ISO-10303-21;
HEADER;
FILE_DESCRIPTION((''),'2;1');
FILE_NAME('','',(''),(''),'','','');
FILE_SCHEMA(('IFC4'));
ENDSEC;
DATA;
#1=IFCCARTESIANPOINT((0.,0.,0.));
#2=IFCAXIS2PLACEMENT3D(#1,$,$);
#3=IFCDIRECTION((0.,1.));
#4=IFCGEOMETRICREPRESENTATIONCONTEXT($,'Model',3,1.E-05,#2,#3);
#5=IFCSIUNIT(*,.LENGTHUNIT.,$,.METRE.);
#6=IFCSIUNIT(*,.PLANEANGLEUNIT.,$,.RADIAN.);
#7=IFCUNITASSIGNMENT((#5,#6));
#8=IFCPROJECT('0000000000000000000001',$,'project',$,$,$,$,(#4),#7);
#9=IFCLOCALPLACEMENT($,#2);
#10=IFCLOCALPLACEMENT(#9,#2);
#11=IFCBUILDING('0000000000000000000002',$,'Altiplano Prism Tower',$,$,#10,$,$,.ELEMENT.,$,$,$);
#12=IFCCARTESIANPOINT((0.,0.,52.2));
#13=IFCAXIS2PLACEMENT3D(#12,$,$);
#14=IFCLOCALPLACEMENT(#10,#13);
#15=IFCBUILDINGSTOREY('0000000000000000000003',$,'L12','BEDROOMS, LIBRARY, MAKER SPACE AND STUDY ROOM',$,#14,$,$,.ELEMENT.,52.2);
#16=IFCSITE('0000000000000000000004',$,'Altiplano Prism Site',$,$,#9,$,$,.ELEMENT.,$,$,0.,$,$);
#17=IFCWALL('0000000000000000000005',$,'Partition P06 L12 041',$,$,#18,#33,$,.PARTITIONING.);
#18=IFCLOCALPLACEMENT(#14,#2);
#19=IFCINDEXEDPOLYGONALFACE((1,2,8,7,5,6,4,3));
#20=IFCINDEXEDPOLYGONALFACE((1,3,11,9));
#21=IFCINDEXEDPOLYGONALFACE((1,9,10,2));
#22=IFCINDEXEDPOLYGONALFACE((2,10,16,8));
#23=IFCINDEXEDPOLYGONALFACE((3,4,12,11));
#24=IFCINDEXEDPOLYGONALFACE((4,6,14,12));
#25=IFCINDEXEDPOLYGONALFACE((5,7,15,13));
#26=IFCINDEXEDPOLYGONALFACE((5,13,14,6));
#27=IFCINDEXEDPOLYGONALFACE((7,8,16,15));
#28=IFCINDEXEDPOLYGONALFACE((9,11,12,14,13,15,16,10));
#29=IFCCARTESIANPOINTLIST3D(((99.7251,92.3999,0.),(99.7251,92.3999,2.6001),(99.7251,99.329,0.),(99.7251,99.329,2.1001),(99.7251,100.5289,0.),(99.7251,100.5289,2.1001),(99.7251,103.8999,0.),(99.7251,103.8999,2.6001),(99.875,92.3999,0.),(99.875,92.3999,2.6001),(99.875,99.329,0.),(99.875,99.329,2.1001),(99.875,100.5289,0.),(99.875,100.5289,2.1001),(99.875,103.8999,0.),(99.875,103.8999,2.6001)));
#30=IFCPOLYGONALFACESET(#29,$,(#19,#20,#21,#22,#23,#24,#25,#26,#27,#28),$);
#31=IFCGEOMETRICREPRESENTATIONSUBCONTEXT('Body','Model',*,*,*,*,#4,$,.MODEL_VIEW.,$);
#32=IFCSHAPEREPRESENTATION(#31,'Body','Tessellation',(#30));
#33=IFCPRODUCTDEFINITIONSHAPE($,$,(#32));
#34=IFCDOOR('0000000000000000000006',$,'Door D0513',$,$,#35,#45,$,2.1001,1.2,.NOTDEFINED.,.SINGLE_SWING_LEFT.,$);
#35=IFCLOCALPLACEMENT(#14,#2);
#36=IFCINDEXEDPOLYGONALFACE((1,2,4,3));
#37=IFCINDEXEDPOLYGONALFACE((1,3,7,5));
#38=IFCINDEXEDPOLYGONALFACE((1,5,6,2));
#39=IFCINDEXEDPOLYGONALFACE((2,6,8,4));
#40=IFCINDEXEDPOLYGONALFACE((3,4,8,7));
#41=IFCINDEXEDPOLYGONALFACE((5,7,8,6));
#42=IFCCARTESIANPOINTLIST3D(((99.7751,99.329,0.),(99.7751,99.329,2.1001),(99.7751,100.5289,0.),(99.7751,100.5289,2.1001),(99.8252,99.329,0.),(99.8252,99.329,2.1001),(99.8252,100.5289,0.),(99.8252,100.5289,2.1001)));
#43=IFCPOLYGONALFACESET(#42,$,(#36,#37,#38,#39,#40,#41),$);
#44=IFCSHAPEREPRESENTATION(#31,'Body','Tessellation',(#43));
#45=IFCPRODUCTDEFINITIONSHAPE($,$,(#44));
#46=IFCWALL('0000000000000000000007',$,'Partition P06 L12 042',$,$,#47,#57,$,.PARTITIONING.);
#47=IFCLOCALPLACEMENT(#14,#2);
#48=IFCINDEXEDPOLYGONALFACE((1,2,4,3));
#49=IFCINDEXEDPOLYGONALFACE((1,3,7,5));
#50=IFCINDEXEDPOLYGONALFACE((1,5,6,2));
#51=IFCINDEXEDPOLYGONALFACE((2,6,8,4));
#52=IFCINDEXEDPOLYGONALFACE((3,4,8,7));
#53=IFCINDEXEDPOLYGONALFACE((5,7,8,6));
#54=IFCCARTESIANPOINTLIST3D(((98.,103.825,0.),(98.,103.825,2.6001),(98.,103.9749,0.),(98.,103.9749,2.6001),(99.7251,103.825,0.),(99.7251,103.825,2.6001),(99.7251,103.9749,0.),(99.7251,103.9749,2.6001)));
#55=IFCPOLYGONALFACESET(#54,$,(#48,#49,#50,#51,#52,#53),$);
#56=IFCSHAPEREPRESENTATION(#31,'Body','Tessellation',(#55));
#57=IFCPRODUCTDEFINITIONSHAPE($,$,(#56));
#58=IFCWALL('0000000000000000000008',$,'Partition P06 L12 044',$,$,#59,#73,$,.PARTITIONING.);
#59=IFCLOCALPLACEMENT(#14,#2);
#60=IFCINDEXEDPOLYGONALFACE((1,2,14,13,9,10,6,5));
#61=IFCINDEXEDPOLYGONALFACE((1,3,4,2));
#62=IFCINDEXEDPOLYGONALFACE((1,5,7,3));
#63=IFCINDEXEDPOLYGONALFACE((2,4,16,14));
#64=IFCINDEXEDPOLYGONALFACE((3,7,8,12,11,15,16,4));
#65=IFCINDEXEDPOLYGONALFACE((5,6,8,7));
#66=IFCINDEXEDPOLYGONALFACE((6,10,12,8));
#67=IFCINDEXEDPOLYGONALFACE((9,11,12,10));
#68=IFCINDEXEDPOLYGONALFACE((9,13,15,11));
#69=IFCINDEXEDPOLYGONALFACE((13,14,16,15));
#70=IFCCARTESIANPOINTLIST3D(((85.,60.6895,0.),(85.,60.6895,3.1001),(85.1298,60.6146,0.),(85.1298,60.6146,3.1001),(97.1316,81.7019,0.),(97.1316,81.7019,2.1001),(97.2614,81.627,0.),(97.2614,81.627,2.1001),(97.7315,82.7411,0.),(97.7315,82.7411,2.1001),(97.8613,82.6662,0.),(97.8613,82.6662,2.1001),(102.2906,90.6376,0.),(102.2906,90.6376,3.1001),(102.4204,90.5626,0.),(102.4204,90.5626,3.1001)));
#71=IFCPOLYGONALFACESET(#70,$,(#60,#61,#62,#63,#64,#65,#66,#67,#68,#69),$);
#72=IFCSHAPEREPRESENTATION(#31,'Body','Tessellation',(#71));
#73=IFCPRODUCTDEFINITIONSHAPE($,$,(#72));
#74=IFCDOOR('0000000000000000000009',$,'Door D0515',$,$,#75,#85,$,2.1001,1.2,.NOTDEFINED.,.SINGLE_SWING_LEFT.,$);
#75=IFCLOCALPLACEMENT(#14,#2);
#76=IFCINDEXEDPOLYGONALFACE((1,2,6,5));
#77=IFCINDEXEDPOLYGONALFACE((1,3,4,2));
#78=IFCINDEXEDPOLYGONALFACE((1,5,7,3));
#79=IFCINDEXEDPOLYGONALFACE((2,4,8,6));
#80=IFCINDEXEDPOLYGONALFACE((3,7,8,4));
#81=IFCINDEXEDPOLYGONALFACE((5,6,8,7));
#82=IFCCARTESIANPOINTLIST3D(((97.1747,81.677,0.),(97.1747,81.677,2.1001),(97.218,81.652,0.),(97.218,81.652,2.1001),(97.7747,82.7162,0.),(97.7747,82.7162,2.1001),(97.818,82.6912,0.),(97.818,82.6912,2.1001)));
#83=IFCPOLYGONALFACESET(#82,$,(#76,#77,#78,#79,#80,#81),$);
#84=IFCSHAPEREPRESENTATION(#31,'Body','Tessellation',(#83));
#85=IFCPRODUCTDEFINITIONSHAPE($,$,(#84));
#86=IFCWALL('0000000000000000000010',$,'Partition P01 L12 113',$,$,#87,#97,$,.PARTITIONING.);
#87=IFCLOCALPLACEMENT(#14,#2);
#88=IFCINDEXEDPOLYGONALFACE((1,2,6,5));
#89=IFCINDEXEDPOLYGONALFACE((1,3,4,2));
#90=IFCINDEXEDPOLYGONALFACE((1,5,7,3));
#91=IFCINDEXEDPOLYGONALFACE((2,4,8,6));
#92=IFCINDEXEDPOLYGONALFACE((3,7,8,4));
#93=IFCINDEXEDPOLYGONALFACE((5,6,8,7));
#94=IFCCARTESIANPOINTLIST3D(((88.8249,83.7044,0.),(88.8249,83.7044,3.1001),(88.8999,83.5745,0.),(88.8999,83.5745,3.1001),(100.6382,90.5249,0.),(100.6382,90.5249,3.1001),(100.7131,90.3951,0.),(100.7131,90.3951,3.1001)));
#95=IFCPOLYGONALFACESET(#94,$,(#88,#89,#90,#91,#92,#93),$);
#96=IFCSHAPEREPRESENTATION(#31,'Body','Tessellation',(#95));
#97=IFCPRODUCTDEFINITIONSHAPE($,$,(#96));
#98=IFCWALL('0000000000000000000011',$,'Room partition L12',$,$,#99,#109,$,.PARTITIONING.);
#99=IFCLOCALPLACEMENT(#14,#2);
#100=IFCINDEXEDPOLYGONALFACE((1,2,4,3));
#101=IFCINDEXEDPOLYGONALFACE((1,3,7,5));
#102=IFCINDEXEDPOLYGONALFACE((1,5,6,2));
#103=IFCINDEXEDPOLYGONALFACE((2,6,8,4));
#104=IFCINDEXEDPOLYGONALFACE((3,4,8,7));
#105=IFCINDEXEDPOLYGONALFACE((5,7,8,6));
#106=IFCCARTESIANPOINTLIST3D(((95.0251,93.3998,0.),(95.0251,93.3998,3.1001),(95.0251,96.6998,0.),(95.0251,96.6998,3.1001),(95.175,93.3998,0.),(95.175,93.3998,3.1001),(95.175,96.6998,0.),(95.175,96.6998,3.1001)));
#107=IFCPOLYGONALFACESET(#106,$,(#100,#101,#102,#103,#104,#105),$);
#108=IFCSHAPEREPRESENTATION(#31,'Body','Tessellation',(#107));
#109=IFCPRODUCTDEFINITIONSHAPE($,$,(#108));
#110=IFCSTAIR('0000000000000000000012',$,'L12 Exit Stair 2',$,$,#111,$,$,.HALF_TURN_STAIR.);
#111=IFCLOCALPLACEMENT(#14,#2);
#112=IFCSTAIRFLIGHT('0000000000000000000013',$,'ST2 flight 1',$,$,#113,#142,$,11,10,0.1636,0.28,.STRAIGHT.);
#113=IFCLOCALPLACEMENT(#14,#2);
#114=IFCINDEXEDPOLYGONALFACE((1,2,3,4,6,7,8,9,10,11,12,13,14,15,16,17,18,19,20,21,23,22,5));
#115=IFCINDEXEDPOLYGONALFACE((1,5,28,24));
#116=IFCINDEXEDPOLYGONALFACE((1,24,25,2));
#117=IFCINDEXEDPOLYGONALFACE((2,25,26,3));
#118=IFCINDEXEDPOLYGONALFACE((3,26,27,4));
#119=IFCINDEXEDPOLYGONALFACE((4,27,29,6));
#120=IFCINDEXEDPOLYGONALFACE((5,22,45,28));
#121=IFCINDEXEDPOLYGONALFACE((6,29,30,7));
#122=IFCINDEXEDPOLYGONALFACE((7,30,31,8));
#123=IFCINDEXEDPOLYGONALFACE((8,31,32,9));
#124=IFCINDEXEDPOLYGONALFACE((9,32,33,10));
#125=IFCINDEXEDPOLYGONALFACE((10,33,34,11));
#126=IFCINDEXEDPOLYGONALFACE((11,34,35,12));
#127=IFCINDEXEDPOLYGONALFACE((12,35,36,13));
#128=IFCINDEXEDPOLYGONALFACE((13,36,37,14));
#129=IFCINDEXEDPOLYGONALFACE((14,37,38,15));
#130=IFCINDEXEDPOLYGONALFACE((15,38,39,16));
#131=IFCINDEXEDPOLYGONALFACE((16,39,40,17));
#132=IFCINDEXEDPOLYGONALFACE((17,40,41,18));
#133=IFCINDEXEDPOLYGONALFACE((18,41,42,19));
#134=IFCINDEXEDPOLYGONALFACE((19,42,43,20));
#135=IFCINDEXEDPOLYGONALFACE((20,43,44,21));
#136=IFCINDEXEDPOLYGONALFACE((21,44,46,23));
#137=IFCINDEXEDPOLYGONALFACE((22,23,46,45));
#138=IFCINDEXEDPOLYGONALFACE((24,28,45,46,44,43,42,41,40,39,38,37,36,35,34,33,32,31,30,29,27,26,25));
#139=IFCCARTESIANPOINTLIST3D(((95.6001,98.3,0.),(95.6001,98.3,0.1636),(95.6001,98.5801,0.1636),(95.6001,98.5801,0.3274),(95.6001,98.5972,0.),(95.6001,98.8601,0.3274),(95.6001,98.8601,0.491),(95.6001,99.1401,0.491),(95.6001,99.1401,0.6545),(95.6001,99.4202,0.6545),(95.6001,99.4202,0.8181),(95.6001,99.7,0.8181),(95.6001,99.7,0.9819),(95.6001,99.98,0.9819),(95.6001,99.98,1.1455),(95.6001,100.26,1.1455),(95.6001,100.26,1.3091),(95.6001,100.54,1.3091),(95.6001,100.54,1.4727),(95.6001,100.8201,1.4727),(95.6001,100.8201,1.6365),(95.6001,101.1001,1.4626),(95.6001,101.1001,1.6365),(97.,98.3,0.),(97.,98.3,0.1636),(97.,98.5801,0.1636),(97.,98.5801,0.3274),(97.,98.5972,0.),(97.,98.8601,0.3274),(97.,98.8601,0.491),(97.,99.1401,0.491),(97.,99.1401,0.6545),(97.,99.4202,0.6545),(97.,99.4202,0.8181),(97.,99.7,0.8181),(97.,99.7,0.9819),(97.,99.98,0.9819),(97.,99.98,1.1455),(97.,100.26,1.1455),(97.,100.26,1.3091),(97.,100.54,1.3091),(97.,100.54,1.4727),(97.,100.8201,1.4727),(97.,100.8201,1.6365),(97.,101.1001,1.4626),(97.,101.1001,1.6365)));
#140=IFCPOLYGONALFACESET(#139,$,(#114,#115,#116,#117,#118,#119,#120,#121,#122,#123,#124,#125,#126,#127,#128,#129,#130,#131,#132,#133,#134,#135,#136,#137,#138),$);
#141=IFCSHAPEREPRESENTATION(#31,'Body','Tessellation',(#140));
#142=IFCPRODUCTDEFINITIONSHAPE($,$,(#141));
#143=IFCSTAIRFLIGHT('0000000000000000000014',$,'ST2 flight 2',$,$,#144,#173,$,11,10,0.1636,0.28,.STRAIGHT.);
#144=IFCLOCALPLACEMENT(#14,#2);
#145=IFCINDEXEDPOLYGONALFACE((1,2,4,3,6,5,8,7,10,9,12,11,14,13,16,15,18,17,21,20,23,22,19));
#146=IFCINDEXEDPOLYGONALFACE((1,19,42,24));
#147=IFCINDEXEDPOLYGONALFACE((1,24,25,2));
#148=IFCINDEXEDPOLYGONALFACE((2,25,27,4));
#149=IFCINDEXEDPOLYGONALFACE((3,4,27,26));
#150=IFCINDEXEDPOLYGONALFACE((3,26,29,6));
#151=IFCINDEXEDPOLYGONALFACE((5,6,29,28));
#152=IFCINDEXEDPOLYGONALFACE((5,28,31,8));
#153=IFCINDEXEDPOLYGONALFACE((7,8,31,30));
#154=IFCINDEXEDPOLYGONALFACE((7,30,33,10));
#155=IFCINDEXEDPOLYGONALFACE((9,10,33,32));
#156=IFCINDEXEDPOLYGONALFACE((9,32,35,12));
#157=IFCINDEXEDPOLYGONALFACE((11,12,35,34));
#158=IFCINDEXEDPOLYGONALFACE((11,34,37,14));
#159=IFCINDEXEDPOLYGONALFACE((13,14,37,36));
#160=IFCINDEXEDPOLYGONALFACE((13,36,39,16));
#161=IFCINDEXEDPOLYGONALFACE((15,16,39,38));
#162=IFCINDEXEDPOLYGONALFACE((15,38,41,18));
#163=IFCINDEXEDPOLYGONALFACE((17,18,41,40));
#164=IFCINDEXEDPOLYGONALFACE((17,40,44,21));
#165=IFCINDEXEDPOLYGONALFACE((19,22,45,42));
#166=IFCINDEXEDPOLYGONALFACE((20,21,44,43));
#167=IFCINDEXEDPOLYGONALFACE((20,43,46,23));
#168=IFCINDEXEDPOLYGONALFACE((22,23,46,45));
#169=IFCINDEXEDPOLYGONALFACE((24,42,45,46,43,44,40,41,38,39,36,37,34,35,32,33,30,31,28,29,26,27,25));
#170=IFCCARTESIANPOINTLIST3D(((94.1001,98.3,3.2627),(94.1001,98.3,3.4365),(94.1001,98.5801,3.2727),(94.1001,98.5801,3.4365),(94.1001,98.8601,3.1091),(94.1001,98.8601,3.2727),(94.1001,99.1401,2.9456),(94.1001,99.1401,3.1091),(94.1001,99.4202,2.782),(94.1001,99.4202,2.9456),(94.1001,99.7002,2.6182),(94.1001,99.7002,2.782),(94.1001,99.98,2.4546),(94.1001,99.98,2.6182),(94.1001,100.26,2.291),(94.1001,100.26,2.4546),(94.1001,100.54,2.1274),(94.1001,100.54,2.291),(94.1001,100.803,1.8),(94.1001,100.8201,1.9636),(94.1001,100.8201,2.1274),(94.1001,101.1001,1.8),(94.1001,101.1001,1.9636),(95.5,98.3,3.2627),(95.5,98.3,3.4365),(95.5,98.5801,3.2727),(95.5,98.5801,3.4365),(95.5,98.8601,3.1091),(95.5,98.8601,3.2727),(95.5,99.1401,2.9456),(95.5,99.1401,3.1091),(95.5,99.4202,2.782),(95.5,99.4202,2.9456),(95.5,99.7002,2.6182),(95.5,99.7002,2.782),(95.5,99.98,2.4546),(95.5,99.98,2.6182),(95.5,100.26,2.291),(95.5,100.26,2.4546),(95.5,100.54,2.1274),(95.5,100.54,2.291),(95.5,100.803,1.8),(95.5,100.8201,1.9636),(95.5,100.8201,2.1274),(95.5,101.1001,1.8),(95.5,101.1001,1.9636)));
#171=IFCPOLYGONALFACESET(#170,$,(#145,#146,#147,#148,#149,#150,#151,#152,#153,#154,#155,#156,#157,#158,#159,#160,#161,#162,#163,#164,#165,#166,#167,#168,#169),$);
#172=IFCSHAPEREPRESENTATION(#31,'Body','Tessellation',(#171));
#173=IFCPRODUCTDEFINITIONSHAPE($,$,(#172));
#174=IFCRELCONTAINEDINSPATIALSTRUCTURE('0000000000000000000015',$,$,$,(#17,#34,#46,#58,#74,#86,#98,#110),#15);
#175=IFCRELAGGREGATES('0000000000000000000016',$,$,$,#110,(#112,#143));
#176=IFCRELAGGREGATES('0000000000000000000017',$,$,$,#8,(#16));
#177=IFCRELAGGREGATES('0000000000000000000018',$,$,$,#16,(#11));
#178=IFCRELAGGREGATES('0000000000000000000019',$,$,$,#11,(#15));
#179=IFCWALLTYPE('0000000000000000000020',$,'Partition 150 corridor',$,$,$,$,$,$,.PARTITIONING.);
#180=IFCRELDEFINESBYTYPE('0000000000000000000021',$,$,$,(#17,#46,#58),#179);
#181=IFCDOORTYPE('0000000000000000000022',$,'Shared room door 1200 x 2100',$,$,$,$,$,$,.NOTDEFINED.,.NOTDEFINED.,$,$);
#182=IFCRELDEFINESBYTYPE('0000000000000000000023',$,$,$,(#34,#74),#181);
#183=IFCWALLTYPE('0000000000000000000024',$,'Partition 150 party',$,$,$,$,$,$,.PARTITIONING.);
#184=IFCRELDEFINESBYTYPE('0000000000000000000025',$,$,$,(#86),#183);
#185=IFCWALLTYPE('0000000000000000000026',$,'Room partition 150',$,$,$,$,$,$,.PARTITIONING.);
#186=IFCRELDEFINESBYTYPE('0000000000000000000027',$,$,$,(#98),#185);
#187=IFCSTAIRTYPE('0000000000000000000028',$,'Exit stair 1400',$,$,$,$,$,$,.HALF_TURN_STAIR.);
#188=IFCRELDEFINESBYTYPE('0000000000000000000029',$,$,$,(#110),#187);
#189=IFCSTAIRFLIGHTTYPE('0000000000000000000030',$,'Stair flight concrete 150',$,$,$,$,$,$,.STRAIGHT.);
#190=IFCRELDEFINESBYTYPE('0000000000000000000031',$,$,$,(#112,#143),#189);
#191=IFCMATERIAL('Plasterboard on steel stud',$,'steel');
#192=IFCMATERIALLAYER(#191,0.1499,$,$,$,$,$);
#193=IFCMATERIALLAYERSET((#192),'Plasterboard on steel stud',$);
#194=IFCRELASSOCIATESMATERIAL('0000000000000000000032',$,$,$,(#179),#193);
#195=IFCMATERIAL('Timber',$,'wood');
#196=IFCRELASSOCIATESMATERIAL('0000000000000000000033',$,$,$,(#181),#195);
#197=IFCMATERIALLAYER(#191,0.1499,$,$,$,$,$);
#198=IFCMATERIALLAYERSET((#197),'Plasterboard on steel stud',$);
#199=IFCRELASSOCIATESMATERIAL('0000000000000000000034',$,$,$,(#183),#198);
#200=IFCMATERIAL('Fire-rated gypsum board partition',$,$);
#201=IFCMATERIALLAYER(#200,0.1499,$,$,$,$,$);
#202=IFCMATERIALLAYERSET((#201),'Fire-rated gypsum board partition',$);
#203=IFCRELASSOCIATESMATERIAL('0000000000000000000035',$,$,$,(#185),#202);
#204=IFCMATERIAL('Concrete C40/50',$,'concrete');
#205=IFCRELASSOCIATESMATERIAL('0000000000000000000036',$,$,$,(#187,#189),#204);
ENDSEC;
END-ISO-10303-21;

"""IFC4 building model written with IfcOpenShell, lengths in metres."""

from ifc_helpers import new_model, si_unit, direction, frame, frame_2d, origin, place, context, subcontext, project, spatial, polyline, rectangle, outline, extrude, material, layer, layer_set, type_object, element, fill, aggregate, save


model = new_model("IFC4")

# Units and contexts
model_context = context("Model", 3, precision=1e-05, world=origin(), true_north=direction((0.0, 1.0)))
body_context = subcontext(model_context, "Body", "Model", "MODEL_VIEW")
ifc_project = project(units=[si_unit("LENGTHUNIT", "METRE"), si_unit("PLANEANGLEUNIT", "RADIAN")], contexts=[model_context])

# Site, building, storey
site_placement = place(None, origin())
site = spatial("IfcSite", under=ifc_project, at=site_placement, Name="Altiplano Prism Site", CompositionType="ELEMENT", RefElevation=0.0)
building_placement = place(site_placement, origin())
building = spatial("IfcBuilding", under=site, at=building_placement, Name="Altiplano Prism Tower", CompositionType="ELEMENT")
storey_placement = place(building_placement, frame((0.0, 0.0, 52.2)))
storey = spatial("IfcBuildingStorey", under=building, at=storey_placement, Name="L12", Description="BEDROOMS, LIBRARY, MAKER SPACE AND STUDY ROOM", CompositionType="ELEMENT", Elevation=52.2)

# Shared definitions
ifc_material_1 = material(Name="Plasterboard on steel stud", Category="steel")
ifc_layer_1 = layer(ifc_material_1, 0.1499)
ifc_layer_set_1 = layer_set([ifc_layer_1], Name="Plasterboard on steel stud")
wall_type_1 = type_object("IfcWallType", Name="Partition 150 corridor", PredefinedType="PARTITIONING", material=ifc_layer_set_1)

# Wall, opening, door
wall_1_placement = place(storey_placement, frame((99.8, 92.3999, 0.0), z_axis=(0.0, 0.0, 1.0), x_axis=(0.0, 1.0, 0.0)))
wall_1 = element("IfcWall", 1, at=wall_1_placement, inside=storey, type_object=wall_type_1, Name="Partition P06 L12 041", PredefinedType="PARTITIONING", context=body_context, shape_type="SweptSolid", body=[
    extrude(rectangle(XDim=11.5, YDim=0.1499, at=frame_2d((5.75, 0.0))), origin(), (0.0, 0.0, 1.0), 2.6001),
])
opening_1_placement = place(wall_1_placement, frame((6.929, 0.0, 0.0)))
opening_1 = element("IfcOpeningElement", 2, at=opening_1_placement, cuts=wall_1, PredefinedType="OPENING", context=body_context, shape_type="SweptSolid", body=[
    extrude(rectangle(XDim=1.2, YDim=2.1001, at=frame_2d((0.6001, 1.05))), frame((0.0, 0.0854, 0.0), z_axis=(0.0, -1.0, 0.0), x_axis=(1.0, 0.0, 0.0)), (0.0, 0.0, 1.0), 0.1709),
])
ifc_material_2 = material(Name="Timber", Category="wood")
door_type = type_object("IfcDoorType", Name="Shared room door 1200 x 2100", OperationType="NOTDEFINED", PredefinedType="NOTDEFINED", material=ifc_material_2)
door_1_placement = place(opening_1_placement, origin())
door_1 = element("IfcDoor", 3, at=door_1_placement, inside=storey, type_object=door_type, Name="Door D0513", OperationType="SINGLE_SWING_LEFT", OverallHeight=2.1001, OverallWidth=1.2, PredefinedType="NOTDEFINED", context=body_context, shape_type="SweptSolid", body=[
    extrude(rectangle(XDim=1.2, YDim=2.1001, at=frame_2d((0.6001, 1.05))), frame((0.0, 0.0249, 0.0), z_axis=(0.0, -1.0, 0.0), x_axis=(1.0, 0.0, 0.0)), (0.0, 0.0, 1.0), 0.05),
])
fill(opening_1, door_1)

# Wall
wall_2_placement = place(storey_placement, frame((99.7251, 103.8999, 0.0), z_axis=(0.0, 0.0, 1.0), x_axis=(-1.0, 0.0, 0.0)))
element("IfcWall", 4, at=wall_2_placement, inside=storey, type_object=wall_type_1, Name="Partition P06 L12 042", PredefinedType="PARTITIONING", context=body_context, shape_type="SweptSolid", body=[
    extrude(rectangle(XDim=1.7251, YDim=0.1499, at=frame_2d((0.8625, 0.0))), origin(), (0.0, 0.0, 1.0), 2.6001),
])

# Wall, opening, door
wall_3_placement = place(storey_placement, frame((102.3555, 90.6001, 0.0), z_axis=(0.0, 0.0, 1.0), x_axis=(-0.500001, -0.866025, 0.0)))
wall_3 = element("IfcWall", 5, at=wall_3_placement, inside=storey, type_object=wall_type_1, Name="Partition P06 L12 044", PredefinedType="PARTITIONING", context=body_context, shape_type="SweptSolid", body=[
    extrude(rectangle(XDim=34.5811, YDim=0.1499, at=frame_2d((17.2905, 0.0))), origin(), (0.0, 0.0, 1.0), 3.1001),
])
opening_2_placement = place(wall_3_placement, frame((9.1179, 0.0, 0.0)))
opening_2 = element("IfcOpeningElement", 6, at=opening_2_placement, cuts=wall_3, PredefinedType="OPENING", context=body_context, shape_type="SweptSolid", body=[
    extrude(rectangle(XDim=1.2, YDim=2.1001, at=frame_2d((0.6001, 1.05))), frame((0.0, 0.0854, 0.0), z_axis=(0.0, -1.0, 0.0), x_axis=(1.0, 0.0, 0.0)), (0.0, 0.0, 1.0), 0.1709),
])
door_2_placement = place(opening_2_placement, origin())
door_2 = element("IfcDoor", 7, at=door_2_placement, inside=storey, type_object=door_type, Name="Door D0515", OperationType="SINGLE_SWING_LEFT", OverallHeight=2.1001, OverallWidth=1.2, PredefinedType="NOTDEFINED", context=body_context, shape_type="SweptSolid", body=[
    extrude(rectangle(XDim=1.2, YDim=2.1001, at=frame_2d((0.6001, 1.05))), frame((0.0, 0.0249, 0.0), z_axis=(0.0, -1.0, 0.0), x_axis=(1.0, 0.0, 0.0)), (0.0, 0.0, 1.0), 0.05),
])
fill(opening_2, door_2)

# Walls
ifc_layer_2 = layer(ifc_material_1, 0.1499)
ifc_layer_set_2 = layer_set([ifc_layer_2], Name="Plasterboard on steel stud")
wall_type_2 = type_object("IfcWallType", Name="Partition 150 party", PredefinedType="PARTITIONING", material=ifc_layer_set_2)
wall_4_placement = place(storey_placement, frame((100.6755, 90.46, 0.0), z_axis=(0.0, 0.0, 1.0), x_axis=(-0.86602, -0.50001, 0.0)))
element("IfcWall", 8, at=wall_4_placement, inside=storey, type_object=wall_type_2, Name="Partition P01 L12 113", PredefinedType="PARTITIONING", context=body_context, shape_type="SweptSolid", body=[
    extrude(rectangle(XDim=13.6409, YDim=0.1499, at=frame_2d((6.8203, 0.0))), origin(), (0.0, 0.0, 1.0), 3.1001),
])
ifc_material_3 = material(Name="Fire-rated gypsum board partition")
ifc_layer_3 = layer(ifc_material_3, 0.1499)
ifc_layer_set_3 = layer_set([ifc_layer_3], Name="Fire-rated gypsum board partition")
wall_type_3 = type_object("IfcWallType", Name="Room partition 150", PredefinedType="PARTITIONING", material=ifc_layer_set_3)
wall_5_placement = place(storey_placement, frame((95.1001, 93.3999, 0.0), z_axis=(0.0, 0.0, 1.0), x_axis=(0.0, 1.0, 0.0)))
element("IfcWall", 9, at=wall_5_placement, inside=storey, type_object=wall_type_3, Name="Room partition L12", PredefinedType="PARTITIONING", context=body_context, shape_type="SweptSolid", body=[
    extrude(rectangle(XDim=3.3, YDim=0.1499, at=frame_2d((1.6499, 0.0))), origin(), (0.0, 0.0, 1.0), 3.1001),
])

# Stair, stair flights
ifc_material_4 = material(Name="Concrete C40/50", Category="concrete")
stair_type = type_object("IfcStairType", Name="Exit stair 1400", PredefinedType="HALF_TURN_STAIR", material=ifc_material_4)
stair_placement = place(storey_placement, origin())
stair = element("IfcStair", 10, at=stair_placement, inside=storey, type_object=stair_type, Name="L12 Exit Stair 2", PredefinedType="HALF_TURN_STAIR")
stair_flight_type = type_object("IfcStairFlightType", Name="Stair flight concrete 150", PredefinedType="STRAIGHT", material=ifc_material_4)
stair_flight_1_placement = place(storey_placement, frame((96.3, 98.3, 0.0), z_axis=(0.0, 0.0, 1.0), x_axis=(0.0, 1.0, 0.0)))
stair_flight_1 = element("IfcStairFlight", 11, at=stair_flight_1_placement, type_object=stair_flight_type, Name="ST2 flight 1", NumberOfRisers=11, NumberOfTreads=10, PredefinedType="STRAIGHT", RiserHeight=0.1636, TreadLength=0.28, context=body_context, shape_type="SweptSolid", body=[
    extrude(outline(polyline([(0.0, 0.0), (0.0, 0.1636), (0.28, 0.1636), (0.28, 0.3274), (0.5601, 0.3274), (0.5601, 0.491), (0.8401, 0.491), (0.8401, 0.6545), (1.1201, 0.6545), (1.1201, 0.8181), (1.3999, 0.8181), (1.3999, 0.9819), (1.6799, 0.9819), (1.6799, 1.1455), (1.96, 1.1455), (1.96, 1.3091), (2.24, 1.3091), (2.24, 1.4727), (2.52, 1.4727), (2.52, 1.6365), (2.8, 1.6365), (2.8, 1.8), (2.8, 1.4626), (0.2971, 0.0), (0.0, 0.0)])), frame((0.0, 0.7, 0.0), z_axis=(0.0, -1.0, 0.0), x_axis=(1.0, 0.0, 0.0)), (0.0, 0.0, 1.0), 1.3999),
])
stair_flight_2_placement = place(storey_placement, frame((94.8, 101.1001, 1.8), z_axis=(0.0, 0.0, 1.0), x_axis=(0.0, -1.0, 0.0)))
stair_flight_2 = element("IfcStairFlight", 12, at=stair_flight_2_placement, type_object=stair_flight_type, Name="ST2 flight 2", NumberOfRisers=11, NumberOfTreads=10, PredefinedType="STRAIGHT", RiserHeight=0.1636, TreadLength=0.28, context=body_context, shape_type="SweptSolid", body=[
    extrude(outline(polyline([(0.0, 0.0), (0.0, 0.1636), (0.28, 0.1636), (0.28, 0.3274), (0.5601, 0.3274), (0.5601, 0.491), (0.8401, 0.491), (0.8401, 0.6545), (1.1201, 0.6545), (1.1201, 0.8181), (1.3999, 0.8181), (1.3999, 0.9819), (1.6799, 0.9819), (1.6799, 1.1455), (1.96, 1.1455), (1.96, 1.3091), (2.24, 1.3091), (2.24, 1.4727), (2.52, 1.4727), (2.52, 1.6365), (2.8, 1.6365), (2.8, 1.8), (2.8, 1.4626), (0.2971, 0.0), (0.0, 0.0)])), frame((0.0, 0.7, 0.0), z_axis=(0.0, -1.0, 0.0), x_axis=(1.0, 0.0, 0.0)), (0.0, 0.0, 1.0), 1.3999),
])
aggregate(stair, [stair_flight_1, stair_flight_2])

save(model, "model.ifc")
